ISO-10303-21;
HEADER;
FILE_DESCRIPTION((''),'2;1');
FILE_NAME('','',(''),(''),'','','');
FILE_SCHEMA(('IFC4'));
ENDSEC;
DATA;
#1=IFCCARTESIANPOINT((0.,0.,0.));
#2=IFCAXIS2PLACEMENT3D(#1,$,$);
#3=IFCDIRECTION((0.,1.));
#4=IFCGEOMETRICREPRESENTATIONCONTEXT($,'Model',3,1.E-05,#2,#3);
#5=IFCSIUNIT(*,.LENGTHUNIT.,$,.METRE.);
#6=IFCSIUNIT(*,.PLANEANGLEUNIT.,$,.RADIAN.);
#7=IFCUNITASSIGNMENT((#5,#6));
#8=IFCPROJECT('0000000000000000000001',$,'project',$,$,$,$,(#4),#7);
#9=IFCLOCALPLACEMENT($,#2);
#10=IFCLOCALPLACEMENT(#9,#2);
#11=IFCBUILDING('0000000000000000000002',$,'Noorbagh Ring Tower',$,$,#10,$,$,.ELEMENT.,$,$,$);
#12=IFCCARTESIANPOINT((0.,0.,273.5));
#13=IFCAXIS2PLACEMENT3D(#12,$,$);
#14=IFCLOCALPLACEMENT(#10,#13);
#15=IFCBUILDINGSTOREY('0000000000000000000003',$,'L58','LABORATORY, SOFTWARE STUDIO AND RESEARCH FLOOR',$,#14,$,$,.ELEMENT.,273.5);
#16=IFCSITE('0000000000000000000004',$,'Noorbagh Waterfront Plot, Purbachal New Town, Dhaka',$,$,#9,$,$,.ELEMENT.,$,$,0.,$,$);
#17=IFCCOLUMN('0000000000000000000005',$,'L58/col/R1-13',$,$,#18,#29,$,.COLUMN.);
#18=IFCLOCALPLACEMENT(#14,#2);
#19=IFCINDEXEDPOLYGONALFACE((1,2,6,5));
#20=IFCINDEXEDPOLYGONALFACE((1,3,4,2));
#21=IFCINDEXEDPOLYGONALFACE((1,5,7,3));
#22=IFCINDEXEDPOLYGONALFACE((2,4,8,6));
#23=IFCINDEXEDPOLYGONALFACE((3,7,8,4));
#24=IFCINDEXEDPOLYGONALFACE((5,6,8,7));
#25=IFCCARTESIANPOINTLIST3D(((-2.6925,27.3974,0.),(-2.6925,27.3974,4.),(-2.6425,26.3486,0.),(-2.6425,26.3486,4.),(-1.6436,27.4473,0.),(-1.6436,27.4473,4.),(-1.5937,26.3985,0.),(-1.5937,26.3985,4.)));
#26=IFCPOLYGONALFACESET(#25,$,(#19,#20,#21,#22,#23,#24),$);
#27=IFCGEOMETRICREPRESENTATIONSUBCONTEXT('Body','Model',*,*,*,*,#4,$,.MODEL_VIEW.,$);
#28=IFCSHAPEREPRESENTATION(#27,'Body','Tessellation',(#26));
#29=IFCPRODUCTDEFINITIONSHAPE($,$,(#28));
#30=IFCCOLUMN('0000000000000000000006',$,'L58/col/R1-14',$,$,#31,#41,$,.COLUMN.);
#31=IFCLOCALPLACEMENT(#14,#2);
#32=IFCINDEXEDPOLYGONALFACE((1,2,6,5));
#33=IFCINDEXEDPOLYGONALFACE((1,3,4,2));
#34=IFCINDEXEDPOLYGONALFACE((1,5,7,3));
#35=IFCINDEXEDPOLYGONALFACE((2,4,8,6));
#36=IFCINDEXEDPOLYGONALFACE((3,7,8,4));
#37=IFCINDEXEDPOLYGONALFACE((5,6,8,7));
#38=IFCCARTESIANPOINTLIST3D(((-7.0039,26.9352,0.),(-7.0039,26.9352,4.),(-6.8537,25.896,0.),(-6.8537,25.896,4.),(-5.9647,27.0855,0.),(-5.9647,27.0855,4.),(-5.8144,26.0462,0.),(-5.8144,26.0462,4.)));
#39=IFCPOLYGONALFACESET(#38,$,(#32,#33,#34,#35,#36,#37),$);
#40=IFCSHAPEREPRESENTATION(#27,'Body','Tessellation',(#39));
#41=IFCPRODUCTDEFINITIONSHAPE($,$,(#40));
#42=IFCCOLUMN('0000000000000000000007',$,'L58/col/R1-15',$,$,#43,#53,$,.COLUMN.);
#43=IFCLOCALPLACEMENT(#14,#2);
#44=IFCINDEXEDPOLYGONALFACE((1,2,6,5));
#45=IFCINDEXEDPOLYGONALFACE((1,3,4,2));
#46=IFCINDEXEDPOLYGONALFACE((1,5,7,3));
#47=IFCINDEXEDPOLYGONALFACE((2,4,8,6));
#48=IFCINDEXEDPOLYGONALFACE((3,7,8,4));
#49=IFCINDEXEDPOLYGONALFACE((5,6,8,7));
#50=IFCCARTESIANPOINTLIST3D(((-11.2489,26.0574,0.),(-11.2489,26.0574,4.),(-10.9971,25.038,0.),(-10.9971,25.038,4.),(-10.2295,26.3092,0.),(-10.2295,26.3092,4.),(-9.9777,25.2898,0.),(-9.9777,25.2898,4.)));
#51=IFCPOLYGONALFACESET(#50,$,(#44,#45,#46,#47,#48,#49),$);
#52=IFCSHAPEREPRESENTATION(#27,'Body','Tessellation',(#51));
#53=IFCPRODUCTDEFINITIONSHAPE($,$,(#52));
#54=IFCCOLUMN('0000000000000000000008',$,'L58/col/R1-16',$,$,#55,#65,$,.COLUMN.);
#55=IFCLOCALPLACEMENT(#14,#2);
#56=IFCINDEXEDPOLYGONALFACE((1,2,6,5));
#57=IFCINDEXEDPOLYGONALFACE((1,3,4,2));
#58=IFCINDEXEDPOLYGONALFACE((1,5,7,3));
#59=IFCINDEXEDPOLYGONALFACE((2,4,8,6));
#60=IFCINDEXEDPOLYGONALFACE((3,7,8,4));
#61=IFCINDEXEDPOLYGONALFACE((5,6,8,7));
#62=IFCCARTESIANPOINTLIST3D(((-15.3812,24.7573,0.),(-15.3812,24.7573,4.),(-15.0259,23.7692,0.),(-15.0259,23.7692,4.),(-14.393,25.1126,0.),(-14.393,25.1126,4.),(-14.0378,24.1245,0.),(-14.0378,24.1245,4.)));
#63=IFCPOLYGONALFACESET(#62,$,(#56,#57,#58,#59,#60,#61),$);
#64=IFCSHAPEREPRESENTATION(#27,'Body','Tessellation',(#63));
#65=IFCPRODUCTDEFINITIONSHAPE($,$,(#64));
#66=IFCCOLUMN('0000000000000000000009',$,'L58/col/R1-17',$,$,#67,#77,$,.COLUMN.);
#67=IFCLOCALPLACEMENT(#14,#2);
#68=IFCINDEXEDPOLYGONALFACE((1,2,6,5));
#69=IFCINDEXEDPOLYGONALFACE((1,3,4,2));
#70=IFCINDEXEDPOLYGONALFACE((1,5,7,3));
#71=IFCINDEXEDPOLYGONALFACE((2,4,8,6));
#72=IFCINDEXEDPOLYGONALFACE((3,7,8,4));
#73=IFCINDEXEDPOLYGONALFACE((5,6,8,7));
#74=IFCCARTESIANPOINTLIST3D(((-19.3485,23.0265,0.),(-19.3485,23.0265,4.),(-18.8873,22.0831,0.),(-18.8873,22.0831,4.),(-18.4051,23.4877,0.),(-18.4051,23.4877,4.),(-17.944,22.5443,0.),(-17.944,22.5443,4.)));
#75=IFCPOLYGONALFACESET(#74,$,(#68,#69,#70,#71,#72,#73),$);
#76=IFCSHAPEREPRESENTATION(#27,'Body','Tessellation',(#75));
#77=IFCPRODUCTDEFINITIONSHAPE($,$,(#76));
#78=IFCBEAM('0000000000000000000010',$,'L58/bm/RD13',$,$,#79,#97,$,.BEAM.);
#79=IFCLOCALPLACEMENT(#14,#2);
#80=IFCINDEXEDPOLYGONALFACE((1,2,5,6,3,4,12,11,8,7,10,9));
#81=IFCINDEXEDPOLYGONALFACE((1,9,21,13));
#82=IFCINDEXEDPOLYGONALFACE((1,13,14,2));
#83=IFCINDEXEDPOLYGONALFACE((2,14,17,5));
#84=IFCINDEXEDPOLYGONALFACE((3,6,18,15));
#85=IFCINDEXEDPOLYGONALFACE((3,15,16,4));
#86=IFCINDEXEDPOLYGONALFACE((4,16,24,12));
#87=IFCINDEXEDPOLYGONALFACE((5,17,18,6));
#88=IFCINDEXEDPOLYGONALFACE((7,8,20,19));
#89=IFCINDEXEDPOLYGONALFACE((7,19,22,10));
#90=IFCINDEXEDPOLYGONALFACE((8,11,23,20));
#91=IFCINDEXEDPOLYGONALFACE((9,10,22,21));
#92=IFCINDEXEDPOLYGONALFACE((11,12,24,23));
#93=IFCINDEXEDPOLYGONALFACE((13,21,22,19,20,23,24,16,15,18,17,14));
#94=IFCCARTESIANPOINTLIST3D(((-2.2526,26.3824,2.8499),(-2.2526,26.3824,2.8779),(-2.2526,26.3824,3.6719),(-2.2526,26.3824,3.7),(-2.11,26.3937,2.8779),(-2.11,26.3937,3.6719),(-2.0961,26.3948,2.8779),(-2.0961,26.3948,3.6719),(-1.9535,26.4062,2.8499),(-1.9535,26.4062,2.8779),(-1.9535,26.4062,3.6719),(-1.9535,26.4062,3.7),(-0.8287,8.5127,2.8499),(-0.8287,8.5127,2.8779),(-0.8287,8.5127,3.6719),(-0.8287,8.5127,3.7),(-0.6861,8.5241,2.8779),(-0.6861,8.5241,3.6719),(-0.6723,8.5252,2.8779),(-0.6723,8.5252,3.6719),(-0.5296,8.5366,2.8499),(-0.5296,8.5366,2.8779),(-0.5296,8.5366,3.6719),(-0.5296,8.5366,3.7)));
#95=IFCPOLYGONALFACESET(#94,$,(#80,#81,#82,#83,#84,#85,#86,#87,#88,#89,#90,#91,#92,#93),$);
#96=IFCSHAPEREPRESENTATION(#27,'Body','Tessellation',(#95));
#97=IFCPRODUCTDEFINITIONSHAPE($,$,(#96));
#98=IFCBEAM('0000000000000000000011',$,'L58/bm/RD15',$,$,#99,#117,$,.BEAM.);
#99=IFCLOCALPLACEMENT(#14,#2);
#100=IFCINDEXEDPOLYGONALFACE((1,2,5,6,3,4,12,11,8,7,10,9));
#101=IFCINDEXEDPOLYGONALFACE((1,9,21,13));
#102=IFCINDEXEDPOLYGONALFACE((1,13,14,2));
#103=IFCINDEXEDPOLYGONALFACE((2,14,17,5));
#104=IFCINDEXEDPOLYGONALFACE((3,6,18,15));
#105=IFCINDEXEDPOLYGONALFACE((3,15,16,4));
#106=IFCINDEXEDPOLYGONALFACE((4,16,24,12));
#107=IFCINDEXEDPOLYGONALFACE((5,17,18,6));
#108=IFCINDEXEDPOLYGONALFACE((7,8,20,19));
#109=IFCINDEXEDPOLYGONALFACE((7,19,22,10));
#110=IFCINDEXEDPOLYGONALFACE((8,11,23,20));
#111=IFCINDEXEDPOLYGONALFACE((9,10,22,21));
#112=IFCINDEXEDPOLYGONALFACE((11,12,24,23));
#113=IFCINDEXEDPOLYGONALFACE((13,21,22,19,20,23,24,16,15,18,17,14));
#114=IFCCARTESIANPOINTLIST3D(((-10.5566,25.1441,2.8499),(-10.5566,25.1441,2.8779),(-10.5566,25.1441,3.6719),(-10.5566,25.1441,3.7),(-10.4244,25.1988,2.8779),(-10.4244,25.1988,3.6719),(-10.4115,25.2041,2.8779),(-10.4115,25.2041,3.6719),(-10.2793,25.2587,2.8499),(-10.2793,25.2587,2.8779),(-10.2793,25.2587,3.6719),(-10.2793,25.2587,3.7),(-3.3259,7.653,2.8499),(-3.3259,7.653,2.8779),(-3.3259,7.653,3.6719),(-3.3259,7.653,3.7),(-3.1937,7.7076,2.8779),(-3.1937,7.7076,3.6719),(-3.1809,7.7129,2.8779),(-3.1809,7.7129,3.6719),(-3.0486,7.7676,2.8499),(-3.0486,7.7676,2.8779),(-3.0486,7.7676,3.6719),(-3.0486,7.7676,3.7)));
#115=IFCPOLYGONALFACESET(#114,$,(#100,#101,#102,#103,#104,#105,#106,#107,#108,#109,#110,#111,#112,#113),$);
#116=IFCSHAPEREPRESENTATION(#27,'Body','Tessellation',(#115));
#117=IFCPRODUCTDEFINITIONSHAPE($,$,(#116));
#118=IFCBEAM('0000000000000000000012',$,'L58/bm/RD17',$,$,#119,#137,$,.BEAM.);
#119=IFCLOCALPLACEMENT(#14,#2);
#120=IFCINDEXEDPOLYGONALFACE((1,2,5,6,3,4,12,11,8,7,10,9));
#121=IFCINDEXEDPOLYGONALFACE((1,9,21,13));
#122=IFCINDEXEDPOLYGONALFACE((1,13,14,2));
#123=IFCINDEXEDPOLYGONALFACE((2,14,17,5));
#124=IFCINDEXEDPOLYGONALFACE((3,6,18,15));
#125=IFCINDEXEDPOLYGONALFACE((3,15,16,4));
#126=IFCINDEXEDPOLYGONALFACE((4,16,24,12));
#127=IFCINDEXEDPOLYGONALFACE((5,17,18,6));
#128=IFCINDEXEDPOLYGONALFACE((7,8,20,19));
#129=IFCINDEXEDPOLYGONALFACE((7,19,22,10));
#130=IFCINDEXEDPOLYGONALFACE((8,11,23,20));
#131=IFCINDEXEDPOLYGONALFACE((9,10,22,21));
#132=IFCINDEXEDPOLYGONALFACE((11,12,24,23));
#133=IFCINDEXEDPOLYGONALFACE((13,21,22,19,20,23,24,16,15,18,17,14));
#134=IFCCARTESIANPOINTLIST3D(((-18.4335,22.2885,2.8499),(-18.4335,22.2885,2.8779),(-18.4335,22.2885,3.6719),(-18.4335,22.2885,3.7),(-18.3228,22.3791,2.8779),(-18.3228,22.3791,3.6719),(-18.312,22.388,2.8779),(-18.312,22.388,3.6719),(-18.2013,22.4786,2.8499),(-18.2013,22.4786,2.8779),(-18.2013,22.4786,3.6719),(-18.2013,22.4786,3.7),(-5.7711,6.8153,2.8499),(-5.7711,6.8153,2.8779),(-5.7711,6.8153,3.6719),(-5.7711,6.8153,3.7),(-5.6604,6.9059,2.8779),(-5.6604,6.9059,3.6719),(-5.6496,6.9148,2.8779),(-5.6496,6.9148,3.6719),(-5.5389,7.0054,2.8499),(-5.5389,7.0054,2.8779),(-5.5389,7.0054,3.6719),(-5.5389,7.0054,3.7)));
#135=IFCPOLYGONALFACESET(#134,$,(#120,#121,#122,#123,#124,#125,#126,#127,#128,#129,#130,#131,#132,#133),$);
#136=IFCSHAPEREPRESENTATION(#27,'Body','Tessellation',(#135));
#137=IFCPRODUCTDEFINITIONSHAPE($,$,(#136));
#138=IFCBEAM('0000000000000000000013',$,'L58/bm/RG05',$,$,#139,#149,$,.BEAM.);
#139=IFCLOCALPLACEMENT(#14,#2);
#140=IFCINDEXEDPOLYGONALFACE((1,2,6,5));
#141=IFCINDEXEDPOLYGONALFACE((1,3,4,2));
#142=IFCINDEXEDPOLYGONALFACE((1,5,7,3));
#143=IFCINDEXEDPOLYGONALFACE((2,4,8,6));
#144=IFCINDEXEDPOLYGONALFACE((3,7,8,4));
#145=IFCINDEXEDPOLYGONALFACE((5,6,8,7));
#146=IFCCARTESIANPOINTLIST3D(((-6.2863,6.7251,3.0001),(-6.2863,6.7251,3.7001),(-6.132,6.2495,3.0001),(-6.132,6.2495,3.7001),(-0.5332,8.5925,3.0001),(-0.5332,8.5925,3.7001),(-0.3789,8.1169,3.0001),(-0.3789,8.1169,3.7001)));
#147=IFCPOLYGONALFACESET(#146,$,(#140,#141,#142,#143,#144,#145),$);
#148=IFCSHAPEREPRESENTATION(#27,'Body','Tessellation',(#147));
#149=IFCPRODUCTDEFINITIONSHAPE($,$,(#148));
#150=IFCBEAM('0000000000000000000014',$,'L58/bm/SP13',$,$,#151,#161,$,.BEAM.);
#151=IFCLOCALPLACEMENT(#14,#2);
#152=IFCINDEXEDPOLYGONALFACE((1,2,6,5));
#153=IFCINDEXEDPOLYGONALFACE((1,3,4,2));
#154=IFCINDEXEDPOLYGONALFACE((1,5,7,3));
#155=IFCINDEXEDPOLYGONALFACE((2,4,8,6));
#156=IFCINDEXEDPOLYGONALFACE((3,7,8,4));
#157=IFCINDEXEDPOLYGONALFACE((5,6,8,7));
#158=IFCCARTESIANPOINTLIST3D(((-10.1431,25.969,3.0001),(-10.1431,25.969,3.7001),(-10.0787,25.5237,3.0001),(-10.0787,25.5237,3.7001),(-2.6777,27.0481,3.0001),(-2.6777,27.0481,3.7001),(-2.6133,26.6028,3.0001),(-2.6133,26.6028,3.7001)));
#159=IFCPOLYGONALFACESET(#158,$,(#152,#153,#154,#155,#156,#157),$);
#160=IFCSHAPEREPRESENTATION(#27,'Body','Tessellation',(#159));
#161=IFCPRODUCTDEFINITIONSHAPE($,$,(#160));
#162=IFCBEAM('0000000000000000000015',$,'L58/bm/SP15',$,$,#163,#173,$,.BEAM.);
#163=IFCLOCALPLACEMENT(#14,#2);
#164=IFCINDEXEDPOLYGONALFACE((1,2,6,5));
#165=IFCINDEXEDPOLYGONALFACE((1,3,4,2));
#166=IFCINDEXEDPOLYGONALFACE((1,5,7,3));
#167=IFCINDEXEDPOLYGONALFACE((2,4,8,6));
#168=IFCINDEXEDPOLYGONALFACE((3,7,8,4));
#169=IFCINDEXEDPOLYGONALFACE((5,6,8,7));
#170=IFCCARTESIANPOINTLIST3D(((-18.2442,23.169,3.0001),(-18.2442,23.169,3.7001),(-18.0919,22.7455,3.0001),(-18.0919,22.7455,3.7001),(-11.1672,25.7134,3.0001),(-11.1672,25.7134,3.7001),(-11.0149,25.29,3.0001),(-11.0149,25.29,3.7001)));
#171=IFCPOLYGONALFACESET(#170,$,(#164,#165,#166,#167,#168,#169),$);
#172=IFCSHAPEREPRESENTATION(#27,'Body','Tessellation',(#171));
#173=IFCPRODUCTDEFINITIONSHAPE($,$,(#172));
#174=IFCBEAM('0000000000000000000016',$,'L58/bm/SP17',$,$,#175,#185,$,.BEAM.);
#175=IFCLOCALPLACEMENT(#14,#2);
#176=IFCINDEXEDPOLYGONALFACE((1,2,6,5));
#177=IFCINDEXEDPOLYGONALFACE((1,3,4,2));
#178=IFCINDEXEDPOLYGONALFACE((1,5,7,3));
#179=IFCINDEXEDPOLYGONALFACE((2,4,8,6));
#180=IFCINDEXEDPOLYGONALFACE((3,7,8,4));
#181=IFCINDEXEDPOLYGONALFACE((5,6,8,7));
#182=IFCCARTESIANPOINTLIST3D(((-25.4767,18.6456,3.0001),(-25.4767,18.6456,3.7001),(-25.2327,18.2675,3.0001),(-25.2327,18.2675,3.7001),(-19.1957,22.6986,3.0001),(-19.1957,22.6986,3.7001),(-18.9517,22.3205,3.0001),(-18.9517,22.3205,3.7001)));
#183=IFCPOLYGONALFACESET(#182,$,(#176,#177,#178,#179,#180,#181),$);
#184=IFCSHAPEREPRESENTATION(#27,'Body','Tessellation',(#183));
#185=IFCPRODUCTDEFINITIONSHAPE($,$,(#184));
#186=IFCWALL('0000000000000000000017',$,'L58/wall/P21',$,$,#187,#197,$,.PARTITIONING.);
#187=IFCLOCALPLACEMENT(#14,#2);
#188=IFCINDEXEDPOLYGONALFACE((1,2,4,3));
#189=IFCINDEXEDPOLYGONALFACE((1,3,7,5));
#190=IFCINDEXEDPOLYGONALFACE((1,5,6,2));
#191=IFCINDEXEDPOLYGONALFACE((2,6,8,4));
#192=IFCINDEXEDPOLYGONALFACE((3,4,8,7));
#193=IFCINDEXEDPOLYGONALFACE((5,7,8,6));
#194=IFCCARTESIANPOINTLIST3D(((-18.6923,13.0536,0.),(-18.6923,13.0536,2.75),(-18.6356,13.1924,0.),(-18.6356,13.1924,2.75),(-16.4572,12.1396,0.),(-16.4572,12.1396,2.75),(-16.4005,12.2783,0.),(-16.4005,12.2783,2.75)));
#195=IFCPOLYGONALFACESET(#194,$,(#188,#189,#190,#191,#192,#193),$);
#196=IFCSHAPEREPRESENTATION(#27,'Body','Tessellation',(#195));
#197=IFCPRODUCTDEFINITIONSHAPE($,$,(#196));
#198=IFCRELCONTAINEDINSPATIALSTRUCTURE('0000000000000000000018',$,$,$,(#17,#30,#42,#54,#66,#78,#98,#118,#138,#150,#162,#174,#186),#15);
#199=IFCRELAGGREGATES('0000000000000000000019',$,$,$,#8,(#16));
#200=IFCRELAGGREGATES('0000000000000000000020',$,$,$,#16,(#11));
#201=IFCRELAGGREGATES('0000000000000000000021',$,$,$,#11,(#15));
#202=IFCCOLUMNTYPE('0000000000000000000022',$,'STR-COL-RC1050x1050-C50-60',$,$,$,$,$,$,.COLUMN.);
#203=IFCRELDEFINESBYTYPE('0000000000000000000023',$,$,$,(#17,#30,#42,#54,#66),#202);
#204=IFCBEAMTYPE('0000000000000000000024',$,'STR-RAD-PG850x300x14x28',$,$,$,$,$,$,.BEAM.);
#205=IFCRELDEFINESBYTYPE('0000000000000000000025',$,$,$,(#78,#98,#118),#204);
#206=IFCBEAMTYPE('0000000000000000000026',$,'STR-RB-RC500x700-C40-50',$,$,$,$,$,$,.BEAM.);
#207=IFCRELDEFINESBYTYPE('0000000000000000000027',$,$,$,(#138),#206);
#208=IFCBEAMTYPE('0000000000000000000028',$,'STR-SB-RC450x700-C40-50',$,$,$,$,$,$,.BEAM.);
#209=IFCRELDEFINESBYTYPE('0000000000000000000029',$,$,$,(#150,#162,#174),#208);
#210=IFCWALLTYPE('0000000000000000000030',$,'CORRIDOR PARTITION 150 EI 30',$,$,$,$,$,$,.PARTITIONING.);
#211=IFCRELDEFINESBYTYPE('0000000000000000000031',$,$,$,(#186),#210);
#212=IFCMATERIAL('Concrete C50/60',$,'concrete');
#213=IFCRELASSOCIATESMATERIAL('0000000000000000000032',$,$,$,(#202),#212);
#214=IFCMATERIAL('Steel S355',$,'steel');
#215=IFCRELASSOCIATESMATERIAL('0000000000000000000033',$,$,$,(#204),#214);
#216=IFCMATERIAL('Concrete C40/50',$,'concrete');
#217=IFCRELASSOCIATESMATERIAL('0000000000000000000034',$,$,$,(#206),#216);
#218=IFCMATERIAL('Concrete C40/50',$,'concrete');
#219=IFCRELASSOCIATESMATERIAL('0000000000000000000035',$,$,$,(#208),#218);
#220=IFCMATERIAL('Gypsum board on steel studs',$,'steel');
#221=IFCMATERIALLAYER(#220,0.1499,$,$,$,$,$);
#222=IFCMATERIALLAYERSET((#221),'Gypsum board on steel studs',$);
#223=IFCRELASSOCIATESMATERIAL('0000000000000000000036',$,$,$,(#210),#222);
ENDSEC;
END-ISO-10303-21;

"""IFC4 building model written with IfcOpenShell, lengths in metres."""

from ifc_helpers import new_model, si_unit, direction, frame, frame_2d, origin, origin_2d, place, context, subcontext, project, spatial, rectangle, i_section, extrude, material, layer, layer_set, material_profile, profile_set, type_object, element, save


model = new_model("IFC4")

# Units and contexts
model_context = context("Model", 3, precision=1e-05, world=origin(), true_north=direction((0.0, 1.0)))
body_context = subcontext(model_context, "Body", "Model", "MODEL_VIEW")
ifc_project = project(units=[si_unit("LENGTHUNIT", "METRE"), si_unit("PLANEANGLEUNIT", "RADIAN")], contexts=[model_context])

# Site, building, storey
site_placement = place(None, origin())
site = spatial("IfcSite", under=ifc_project, at=site_placement, Name="Noorbagh Waterfront Plot, Purbachal New Town, Dhaka", CompositionType="ELEMENT", RefElevation=0.0)
building_placement = place(site_placement, origin())
building = spatial("IfcBuilding", under=site, at=building_placement, Name="Noorbagh Ring Tower", CompositionType="ELEMENT")
storey_placement = place(building_placement, frame((0.0, 0.0, 273.5)))
storey = spatial("IfcBuildingStorey", under=building, at=storey_placement, Name="L58", Description="LABORATORY, SOFTWARE STUDIO AND RESEARCH FLOOR", CompositionType="ELEMENT", Elevation=273.5)

# Columns
ifc_material_1 = material(Name="Concrete C50/60", Category="concrete")
ifc_material_profile_1 = material_profile(ifc_material_1, rectangle(XDim=1.05, YDim=1.05, at=origin_2d()), Name="RC1050x1050")
ifc_profile_set_1 = profile_set([ifc_material_profile_1], Name="Concrete C50/60")
column_type = type_object("IfcColumnType", Name="STR-COL-RC1050x1050-C50-60", PredefinedType="COLUMN", material=ifc_profile_set_1)
for number, where, z_axis, x_axis, name in (
    (1, (-2.1431, 26.8979, 0.0), (0.0, 0.0, 1.0), (-0.998869, -0.047553, 0.0), "L58/col/R1-13"),
    (2, (-6.4092, 26.4907, 0.0), (0.0, 0.0, 1.0), (-0.989713, -0.143066, 0.0), "L58/col/R1-14"),
    (3, (-10.6133, 25.6736, 0.0), (0.0, 0.0, 1.0), (-0.970829, -0.239771, 0.0), "L58/col/R1-15"),
    (4, (-14.7095, 24.4409, 0.0), (0.0, 0.0, 1.0), (-0.941025, -0.338338, 0.0), "L58/col/R1-16"),
    (5, (-18.6462, 22.7854, 0.0), (0.0, 0.0, 1.0), (-0.898399, -0.43918, 0.0), "L58/col/R1-17"),
):
    element("IfcColumn", number, at=place(storey_placement, frame(where, z_axis=z_axis, x_axis=x_axis)), inside=storey, type_object=column_type, Name=name, PredefinedType="COLUMN", context=body_context, shape_type="SweptSolid", body=[
        extrude(rectangle(XDim=1.05, YDim=1.05, at=origin_2d()), origin(), (0.0, 0.0, 1.0), 4.0),
    ])

# Beams
ifc_material_2 = material(Name="Steel S355", Category="steel")
ifc_material_profile_2 = material_profile(ifc_material_2, i_section(OverallWidth=0.3, OverallDepth=0.8501, WebThickness=0.0139, FlangeThickness=0.0281, at=origin_2d()), Name="PG850x300x14x28")
ifc_profile_set_2 = profile_set([ifc_material_profile_2], Name="Steel S355")
beam_type_1 = type_object("IfcBeamType", Name="STR-RAD-PG850x300x14x28", PredefinedType="BEAM", material=ifc_profile_set_2)
beam_1_placement = place(storey_placement, frame((-2.103, 26.3943, 3.2749), z_axis=(0.079427, -0.996841, 0.0), x_axis=(0.996841, 0.079427, 0.0)))
element("IfcBeam", 6, at=beam_1_placement, inside=storey, type_object=beam_type_1, Name="L58/bm/RD13", PredefinedType="BEAM", context=body_context, shape_type="SweptSolid", body=[
    extrude(i_section(OverallWidth=0.3, OverallDepth=0.8501, WebThickness=0.0139, FlangeThickness=0.0281, at=origin_2d()), origin(), (0.0, 0.0, 1.0), 17.9263),
])
beam_2_placement = place(storey_placement, frame((-10.418, 25.2014, 3.2749), z_axis=(0.382035, -0.924148, 0.0), x_axis=(0.924148, 0.382035, 0.0)))
element("IfcBeam", 7, at=beam_2_placement, inside=storey, type_object=beam_type_1, Name="L58/bm/RD15", PredefinedType="BEAM", context=body_context, shape_type="SweptSolid", body=[
    extrude(i_section(OverallWidth=0.3, OverallDepth=0.8501, WebThickness=0.0139, FlangeThickness=0.0281, at=origin_2d()), origin(), (0.0, 0.0, 1.0), 18.9268),
])
beam_3_placement = place(storey_placement, frame((-18.3174, 22.3835, 3.2749), z_axis=(0.633313, -0.773896, 0.0), x_axis=(0.773896, 0.633313, 0.0)))
element("IfcBeam", 8, at=beam_3_placement, inside=storey, type_object=beam_type_1, Name="L58/bm/RD17", PredefinedType="BEAM", context=body_context, shape_type="SweptSolid", body=[
    extrude(i_section(OverallWidth=0.3, OverallDepth=0.8501, WebThickness=0.0139, FlangeThickness=0.0281, at=origin_2d()), origin(), (0.0, 0.0, 1.0), 19.9939),
])
ifc_material_3 = material(Name="Concrete C40/50", Category="concrete")
ifc_material_profile_3 = material_profile(ifc_material_3, rectangle(XDim=0.5, YDim=0.7, at=origin_2d()), Name="RC500x700")
ifc_profile_set_3 = profile_set([ifc_material_profile_3], Name="Concrete C40/50")
beam_type_2 = type_object("IfcBeamType", Name="STR-RB-RC500x700-C40-50", PredefinedType="BEAM", material=ifc_profile_set_3)
beam_4_placement = place(storey_placement, frame((-0.4561, 8.3547, 3.3501), z_axis=(-0.951148, -0.308735, 0.0), x_axis=(0.308735, -0.951148, 0.0)))
element("IfcBeam", 9, at=beam_4_placement, inside=storey, type_object=beam_type_2, Name="L58/bm/RG05", PredefinedType="BEAM", context=body_context, shape_type="SweptSolid", body=[
    extrude(rectangle(XDim=0.5, YDim=0.7, at=origin_2d()), origin(), (0.0, 0.0, 1.0), 6.0486),
])
ifc_material_4 = material(Name="Concrete C40/50", Category="concrete")
ifc_material_profile_4 = material_profile(ifc_material_4, rectangle(XDim=0.45, YDim=0.7, at=origin_2d()), Name="RC450x700")
ifc_profile_set_4 = profile_set([ifc_material_profile_4], Name="Concrete C40/50")
beam_type_3 = type_object("IfcBeamType", Name="STR-SB-RC450x700-C40-50", PredefinedType="BEAM", material=ifc_profile_set_4)
beam_5_placement = place(storey_placement, frame((-2.6455, 26.8254, 3.3501), z_axis=(-0.989714, -0.143062, 0.0), x_axis=(0.143062, -0.989714, 0.0)))
element("IfcBeam", 10, at=beam_5_placement, inside=storey, type_object=beam_type_3, Name="L58/bm/SP13", PredefinedType="BEAM", context=body_context, shape_type="SweptSolid", body=[
    extrude(rectangle(XDim=0.45, YDim=0.7, at=origin_2d()), origin(), (0.0, 0.0, 1.0), 7.543),
])
beam_6_placement = place(storey_placement, frame((-11.0911, 25.5017, 3.3501), z_axis=(-0.941025, -0.338337, 0.0), x_axis=(0.338337, -0.941025, 0.0)))
element("IfcBeam", 11, at=beam_6_placement, inside=storey, type_object=beam_type_3, Name="L58/bm/SP15", PredefinedType="BEAM", context=body_context, shape_type="SweptSolid", body=[
    extrude(rectangle(XDim=0.45, YDim=0.7, at=origin_2d()), origin(), (0.0, 0.0, 1.0), 7.5205),
])
beam_7_placement = place(storey_placement, frame((-19.0737, 22.5095, 3.3501), z_axis=(-0.840253, -0.542195, 0.0), x_axis=(0.542195, -0.840253, 0.0)))
element("IfcBeam", 12, at=beam_7_placement, inside=storey, type_object=beam_type_3, Name="L58/bm/SP17", PredefinedType="BEAM", context=body_context, shape_type="SweptSolid", body=[
    extrude(rectangle(XDim=0.45, YDim=0.7, at=origin_2d()), origin(), (0.0, 0.0, 1.0), 7.4751),
])

# Wall
ifc_material_5 = material(Name="Gypsum board on steel studs", Category="steel")
ifc_layer_1 = layer(ifc_material_5, 0.1499)
ifc_layer_set_1 = layer_set([ifc_layer_1], Name="Gypsum board on steel studs")
wall_type_1 = type_object("IfcWallType", Name="CORRIDOR PARTITION 150 EI 30", PredefinedType="PARTITIONING", material=ifc_layer_set_1)
wall_1_placement = place(storey_placement, frame((-18.6641, 13.123, 0.0), z_axis=(0.0, 0.0, 1.0), x_axis=(0.92559, -0.378527, 0.0)))
element("IfcWall", 13, at=wall_1_placement, inside=storey, type_object=wall_type_1, Name="L58/wall/P21", PredefinedType="PARTITIONING", context=body_context, shape_type="SweptSolid", body=[
    extrude(rectangle(XDim=2.4148, YDim=0.1499, at=frame_2d((1.2075, 0.0))), origin(), (0.0, 0.0, 1.0), 2.75),
])

save(model, "model.ifc")
